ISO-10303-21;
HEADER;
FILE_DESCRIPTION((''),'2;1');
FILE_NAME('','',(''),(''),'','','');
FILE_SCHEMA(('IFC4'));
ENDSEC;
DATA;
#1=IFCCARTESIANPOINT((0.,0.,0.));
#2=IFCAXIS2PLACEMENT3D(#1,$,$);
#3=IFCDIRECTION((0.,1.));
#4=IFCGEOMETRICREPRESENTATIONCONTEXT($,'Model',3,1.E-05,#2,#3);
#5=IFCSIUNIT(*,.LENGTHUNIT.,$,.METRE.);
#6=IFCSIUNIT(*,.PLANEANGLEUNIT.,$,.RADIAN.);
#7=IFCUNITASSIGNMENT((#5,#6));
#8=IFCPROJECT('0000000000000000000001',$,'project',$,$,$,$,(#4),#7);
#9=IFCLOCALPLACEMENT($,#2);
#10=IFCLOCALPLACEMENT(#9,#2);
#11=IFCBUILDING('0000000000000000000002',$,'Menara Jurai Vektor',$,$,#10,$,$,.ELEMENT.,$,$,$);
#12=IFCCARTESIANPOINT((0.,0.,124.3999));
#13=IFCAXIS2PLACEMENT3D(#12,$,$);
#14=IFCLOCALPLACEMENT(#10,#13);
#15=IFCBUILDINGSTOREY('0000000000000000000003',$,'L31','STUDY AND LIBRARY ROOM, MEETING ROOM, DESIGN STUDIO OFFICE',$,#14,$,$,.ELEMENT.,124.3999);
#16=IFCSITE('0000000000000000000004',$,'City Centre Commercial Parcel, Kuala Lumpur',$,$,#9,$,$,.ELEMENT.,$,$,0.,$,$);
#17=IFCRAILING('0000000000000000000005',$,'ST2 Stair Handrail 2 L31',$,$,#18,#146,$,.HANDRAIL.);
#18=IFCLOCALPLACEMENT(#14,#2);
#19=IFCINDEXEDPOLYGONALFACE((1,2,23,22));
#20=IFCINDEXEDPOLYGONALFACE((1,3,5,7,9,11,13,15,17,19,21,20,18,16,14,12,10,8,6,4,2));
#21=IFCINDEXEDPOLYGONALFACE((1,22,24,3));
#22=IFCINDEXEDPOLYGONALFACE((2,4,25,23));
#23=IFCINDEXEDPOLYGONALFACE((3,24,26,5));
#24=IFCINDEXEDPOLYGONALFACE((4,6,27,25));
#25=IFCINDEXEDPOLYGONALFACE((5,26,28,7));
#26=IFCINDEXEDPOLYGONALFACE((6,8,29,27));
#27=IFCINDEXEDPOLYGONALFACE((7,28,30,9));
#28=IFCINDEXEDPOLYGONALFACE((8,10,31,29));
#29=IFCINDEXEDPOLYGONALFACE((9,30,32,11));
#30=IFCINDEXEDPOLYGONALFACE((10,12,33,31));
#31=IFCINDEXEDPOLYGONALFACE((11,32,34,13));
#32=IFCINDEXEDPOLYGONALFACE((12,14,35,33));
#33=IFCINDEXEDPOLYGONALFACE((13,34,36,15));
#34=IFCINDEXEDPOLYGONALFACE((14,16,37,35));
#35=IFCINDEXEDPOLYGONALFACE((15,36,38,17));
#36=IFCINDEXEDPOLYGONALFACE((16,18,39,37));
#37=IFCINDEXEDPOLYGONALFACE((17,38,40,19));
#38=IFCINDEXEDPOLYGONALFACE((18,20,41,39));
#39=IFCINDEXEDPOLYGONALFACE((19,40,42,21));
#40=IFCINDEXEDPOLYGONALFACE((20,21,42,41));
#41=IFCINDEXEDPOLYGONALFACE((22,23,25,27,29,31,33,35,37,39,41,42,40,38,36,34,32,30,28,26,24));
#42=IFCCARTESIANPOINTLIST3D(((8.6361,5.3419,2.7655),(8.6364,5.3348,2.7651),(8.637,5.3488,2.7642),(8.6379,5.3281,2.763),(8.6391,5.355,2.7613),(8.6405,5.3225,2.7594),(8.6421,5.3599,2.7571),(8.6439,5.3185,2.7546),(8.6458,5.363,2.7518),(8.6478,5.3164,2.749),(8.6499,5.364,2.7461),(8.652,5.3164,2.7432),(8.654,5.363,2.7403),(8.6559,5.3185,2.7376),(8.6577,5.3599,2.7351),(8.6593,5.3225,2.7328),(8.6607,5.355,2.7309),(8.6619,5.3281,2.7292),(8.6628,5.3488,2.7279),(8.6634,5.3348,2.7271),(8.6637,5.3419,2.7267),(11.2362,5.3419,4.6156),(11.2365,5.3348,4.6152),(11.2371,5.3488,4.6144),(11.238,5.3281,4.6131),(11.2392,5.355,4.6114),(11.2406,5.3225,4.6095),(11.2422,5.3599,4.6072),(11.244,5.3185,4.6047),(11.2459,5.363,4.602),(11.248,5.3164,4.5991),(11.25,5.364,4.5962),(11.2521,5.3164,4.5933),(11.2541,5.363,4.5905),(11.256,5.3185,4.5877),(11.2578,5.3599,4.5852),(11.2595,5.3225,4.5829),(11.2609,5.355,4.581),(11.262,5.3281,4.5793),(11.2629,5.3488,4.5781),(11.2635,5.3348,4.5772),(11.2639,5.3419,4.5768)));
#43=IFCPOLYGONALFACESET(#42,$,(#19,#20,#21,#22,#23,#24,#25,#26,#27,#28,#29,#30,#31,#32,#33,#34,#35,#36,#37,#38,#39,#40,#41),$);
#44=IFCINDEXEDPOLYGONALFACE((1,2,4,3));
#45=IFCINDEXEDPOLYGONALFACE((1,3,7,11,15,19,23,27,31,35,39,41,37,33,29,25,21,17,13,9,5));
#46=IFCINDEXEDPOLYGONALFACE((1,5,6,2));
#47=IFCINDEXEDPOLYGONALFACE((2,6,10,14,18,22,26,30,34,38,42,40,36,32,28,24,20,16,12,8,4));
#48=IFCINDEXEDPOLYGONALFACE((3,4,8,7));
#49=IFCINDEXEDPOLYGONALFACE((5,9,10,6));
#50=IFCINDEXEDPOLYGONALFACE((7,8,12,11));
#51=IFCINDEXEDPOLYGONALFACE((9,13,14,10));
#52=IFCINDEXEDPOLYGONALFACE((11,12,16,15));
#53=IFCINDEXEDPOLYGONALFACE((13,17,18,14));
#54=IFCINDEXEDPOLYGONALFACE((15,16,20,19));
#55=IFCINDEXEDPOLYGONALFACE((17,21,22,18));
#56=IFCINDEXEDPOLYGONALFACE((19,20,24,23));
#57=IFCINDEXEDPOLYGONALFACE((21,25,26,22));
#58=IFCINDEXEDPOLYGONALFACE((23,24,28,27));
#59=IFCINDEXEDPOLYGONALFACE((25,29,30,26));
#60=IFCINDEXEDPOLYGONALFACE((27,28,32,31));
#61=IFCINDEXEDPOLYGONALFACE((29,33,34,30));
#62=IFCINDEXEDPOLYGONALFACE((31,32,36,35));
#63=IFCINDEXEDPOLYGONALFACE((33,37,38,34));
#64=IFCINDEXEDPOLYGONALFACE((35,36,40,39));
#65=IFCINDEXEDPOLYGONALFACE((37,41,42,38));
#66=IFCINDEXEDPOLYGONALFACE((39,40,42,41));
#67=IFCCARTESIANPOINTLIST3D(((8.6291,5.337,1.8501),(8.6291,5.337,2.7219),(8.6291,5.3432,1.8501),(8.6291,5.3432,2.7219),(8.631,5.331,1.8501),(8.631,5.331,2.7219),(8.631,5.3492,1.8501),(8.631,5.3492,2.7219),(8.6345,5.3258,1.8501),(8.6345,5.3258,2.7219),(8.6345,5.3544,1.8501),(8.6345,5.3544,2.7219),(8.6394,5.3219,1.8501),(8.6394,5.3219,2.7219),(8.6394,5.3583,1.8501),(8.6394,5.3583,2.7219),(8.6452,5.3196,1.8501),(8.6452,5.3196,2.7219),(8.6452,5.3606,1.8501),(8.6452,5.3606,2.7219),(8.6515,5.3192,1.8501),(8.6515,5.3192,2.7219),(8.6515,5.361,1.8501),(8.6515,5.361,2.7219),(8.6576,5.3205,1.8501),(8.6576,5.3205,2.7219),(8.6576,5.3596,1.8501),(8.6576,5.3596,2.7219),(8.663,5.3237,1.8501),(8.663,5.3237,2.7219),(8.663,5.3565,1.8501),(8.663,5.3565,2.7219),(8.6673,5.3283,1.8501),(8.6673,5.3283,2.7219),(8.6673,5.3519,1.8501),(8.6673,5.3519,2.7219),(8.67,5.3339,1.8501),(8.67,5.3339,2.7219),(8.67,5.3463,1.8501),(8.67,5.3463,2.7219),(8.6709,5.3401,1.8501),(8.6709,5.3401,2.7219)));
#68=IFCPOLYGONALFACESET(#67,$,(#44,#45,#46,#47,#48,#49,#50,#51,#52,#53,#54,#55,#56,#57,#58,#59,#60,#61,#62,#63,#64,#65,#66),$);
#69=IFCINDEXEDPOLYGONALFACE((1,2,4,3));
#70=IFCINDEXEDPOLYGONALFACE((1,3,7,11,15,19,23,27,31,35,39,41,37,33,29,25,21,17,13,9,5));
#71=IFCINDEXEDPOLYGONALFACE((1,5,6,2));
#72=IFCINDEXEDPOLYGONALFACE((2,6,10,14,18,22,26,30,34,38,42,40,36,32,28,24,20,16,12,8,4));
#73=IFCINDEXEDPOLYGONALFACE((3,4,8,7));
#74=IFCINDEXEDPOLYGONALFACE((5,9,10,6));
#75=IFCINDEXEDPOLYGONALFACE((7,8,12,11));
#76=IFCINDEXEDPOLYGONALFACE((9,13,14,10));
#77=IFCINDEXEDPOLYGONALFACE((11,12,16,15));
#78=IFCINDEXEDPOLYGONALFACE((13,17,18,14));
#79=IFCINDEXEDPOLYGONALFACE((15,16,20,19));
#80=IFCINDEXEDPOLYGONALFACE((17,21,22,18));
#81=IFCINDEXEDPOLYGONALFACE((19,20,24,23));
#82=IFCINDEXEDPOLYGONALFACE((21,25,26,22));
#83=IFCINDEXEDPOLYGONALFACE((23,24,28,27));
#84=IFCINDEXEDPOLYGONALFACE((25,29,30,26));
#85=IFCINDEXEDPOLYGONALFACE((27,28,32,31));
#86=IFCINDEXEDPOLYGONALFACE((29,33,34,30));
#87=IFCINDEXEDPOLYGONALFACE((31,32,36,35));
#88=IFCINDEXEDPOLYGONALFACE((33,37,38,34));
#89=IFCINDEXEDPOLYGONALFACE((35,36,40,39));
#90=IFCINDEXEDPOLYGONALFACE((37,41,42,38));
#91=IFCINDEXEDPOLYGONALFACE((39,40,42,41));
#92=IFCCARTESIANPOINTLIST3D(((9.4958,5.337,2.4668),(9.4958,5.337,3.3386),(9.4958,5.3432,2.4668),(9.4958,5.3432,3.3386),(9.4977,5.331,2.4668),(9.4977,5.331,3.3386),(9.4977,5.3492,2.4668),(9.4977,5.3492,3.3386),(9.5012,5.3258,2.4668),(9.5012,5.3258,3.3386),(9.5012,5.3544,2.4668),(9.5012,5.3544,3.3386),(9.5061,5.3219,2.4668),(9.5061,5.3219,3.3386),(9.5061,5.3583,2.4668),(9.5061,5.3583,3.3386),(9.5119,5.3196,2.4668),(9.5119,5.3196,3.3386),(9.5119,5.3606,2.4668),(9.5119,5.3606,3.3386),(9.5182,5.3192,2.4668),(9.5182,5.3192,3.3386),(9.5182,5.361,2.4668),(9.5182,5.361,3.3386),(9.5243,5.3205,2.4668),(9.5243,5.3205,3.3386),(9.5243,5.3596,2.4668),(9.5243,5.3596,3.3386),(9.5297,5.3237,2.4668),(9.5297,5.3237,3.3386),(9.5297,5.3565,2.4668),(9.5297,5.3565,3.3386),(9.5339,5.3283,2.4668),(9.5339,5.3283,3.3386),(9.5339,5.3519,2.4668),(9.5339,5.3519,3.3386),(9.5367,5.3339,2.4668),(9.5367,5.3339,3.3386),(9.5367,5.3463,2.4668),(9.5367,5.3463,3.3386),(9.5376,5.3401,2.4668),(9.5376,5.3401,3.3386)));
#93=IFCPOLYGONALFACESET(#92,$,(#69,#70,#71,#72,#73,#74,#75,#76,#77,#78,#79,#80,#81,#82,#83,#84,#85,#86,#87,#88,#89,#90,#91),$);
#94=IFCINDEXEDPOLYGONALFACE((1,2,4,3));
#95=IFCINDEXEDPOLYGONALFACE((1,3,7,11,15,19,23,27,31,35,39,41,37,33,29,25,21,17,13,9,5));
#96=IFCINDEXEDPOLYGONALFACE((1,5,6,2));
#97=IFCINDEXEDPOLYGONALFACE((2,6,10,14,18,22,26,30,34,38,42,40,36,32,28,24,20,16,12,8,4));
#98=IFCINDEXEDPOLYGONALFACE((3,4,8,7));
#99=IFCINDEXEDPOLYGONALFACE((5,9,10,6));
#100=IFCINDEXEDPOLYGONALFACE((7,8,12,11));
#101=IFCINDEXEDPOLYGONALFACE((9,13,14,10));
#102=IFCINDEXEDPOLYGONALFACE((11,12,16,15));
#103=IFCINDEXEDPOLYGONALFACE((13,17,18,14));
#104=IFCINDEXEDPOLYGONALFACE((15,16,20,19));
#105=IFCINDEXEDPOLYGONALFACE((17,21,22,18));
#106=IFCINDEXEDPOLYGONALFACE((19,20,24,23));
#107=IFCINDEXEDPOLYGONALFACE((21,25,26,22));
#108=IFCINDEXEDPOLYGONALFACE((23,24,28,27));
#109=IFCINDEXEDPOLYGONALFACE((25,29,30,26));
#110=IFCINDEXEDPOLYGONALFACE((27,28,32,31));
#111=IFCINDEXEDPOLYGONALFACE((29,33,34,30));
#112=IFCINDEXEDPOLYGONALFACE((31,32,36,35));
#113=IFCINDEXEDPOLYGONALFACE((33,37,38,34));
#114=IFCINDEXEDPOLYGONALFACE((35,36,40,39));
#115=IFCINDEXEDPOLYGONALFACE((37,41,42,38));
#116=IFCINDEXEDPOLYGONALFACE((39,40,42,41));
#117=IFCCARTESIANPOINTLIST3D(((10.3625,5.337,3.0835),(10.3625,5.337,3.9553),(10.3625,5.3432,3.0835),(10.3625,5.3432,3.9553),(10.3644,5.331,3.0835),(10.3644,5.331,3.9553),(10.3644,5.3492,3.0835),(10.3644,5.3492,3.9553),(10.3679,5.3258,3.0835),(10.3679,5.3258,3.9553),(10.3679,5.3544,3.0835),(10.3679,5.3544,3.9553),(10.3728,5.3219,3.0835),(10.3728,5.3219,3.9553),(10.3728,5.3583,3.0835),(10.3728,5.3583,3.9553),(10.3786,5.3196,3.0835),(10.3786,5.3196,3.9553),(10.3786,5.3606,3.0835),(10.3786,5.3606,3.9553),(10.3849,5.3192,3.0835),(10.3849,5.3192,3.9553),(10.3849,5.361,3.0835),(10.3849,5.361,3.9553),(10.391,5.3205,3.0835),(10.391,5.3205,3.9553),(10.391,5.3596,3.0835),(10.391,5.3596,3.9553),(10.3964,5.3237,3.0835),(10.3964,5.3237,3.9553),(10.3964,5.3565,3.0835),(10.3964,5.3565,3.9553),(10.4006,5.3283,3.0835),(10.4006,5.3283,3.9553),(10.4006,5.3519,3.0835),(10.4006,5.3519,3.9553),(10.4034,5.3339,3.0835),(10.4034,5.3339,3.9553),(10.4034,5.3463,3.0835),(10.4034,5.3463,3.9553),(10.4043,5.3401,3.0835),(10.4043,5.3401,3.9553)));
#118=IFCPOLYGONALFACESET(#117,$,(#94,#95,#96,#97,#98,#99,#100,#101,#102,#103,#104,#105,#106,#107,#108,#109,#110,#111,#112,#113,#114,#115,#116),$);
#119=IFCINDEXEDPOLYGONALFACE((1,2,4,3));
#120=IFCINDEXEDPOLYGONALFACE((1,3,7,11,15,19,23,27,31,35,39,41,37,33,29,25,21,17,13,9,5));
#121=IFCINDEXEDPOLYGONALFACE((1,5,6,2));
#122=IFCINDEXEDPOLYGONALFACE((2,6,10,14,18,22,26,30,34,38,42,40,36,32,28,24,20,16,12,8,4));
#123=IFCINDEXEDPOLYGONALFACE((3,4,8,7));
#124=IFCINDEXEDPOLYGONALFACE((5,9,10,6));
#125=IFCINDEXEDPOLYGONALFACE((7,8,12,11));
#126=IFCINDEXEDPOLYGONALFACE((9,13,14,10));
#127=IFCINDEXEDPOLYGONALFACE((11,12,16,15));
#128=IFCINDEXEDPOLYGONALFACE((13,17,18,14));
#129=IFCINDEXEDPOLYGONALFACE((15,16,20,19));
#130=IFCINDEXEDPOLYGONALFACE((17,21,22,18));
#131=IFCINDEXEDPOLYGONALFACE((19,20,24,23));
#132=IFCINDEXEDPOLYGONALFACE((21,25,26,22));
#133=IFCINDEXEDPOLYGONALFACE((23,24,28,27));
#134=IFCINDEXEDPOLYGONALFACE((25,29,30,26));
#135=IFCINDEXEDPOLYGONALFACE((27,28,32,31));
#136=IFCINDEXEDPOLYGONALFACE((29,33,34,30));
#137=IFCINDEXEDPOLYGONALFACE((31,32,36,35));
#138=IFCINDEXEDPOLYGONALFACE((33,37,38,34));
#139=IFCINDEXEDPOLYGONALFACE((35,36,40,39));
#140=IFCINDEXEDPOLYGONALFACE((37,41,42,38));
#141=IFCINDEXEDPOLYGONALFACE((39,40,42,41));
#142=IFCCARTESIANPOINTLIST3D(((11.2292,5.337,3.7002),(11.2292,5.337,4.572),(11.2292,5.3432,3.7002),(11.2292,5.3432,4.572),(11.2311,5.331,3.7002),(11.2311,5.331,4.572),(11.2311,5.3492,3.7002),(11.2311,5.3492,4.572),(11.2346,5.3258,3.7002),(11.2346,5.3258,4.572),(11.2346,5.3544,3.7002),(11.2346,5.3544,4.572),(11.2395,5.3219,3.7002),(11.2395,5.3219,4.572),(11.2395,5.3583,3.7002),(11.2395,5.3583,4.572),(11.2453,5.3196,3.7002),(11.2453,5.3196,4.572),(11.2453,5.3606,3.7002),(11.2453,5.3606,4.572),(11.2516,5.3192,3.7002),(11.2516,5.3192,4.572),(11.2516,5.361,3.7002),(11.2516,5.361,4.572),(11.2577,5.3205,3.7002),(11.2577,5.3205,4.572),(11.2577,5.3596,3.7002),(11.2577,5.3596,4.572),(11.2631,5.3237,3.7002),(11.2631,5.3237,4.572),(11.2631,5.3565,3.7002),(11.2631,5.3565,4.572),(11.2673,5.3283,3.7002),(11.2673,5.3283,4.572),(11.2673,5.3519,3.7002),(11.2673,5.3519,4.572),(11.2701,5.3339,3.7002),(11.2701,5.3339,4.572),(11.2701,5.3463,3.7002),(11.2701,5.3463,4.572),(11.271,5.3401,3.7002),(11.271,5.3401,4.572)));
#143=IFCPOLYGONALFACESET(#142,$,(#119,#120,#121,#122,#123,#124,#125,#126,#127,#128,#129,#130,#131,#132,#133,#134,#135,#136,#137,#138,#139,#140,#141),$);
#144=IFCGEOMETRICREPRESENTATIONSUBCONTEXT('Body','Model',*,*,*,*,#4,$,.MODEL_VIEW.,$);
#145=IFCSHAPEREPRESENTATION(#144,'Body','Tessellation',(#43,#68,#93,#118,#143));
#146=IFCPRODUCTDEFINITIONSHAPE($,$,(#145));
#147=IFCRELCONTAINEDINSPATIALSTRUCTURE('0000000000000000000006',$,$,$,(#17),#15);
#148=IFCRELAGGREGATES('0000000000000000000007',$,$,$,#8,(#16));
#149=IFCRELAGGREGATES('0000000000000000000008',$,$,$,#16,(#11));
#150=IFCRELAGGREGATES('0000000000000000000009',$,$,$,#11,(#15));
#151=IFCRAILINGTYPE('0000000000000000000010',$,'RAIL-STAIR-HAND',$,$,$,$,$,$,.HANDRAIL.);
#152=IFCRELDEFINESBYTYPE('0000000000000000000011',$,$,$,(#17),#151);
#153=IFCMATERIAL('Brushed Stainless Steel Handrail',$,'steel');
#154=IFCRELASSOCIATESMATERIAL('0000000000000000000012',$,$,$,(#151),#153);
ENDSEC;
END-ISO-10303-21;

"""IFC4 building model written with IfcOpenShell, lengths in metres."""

from ifc_helpers import new_model, si_unit, direction, frame, origin, origin_2d, place, context, subcontext, project, spatial, circle, extrude, material, type_object, element, save


model = new_model("IFC4")

# Units and contexts
model_context = context("Model", 3, precision=1e-05, world=origin(), true_north=direction((0.0, 1.0)))
body_context = subcontext(model_context, "Body", "Model", "MODEL_VIEW")
ifc_project = project(units=[si_unit("LENGTHUNIT", "METRE"), si_unit("PLANEANGLEUNIT", "RADIAN")], contexts=[model_context])

# Site, building, storey
site_placement = place(None, origin())
site = spatial("IfcSite", under=ifc_project, at=site_placement, Name="City Centre Commercial Parcel, Kuala Lumpur", CompositionType="ELEMENT", RefElevation=0.0)
building_placement = place(site_placement, origin())
building = spatial("IfcBuilding", under=site, at=building_placement, Name="Menara Jurai Vektor", CompositionType="ELEMENT")
storey_placement = place(building_placement, frame((0.0, 0.0, 124.3999)))
storey = spatial("IfcBuildingStorey", under=building, at=storey_placement, Name="L31", Description="STUDY AND LIBRARY ROOM, MEETING ROOM, DESIGN STUDIO OFFICE", CompositionType="ELEMENT", Elevation=124.3999)

# Railing
ifc_material_1 = material(Name="Brushed Stainless Steel Handrail", Category="steel")
railing_type_1 = type_object("IfcRailingType", Name="RAIL-STAIR-HAND", PredefinedType="HANDRAIL", material=ifc_material_1)
railing_1_placement = place(storey_placement, frame((8.6499, 5.3401, 1.8501)))
element("IfcRailing", 1, at=railing_1_placement, inside=storey, type_object=railing_type_1, Name="ST2 Stair Handrail 2 L31", PredefinedType="HANDRAIL", context=body_context, shape_type="SweptSolid", body=[
    extrude(circle(Radius=0.0239, at=origin_2d()), frame((0.0, 0.0, 0.896), z_axis=(0.814787, 0.0, 0.579761), x_axis=(0.0, 1.0, 0.0)), (0.0, 0.0, 1.0), 3.1912),
    extrude(circle(Radius=0.021, at=origin_2d()), origin(), (0.0, 0.0, 1.0), 0.8718),
    extrude(circle(Radius=0.021, at=origin_2d()), frame((0.8667, 0.0, 0.6167)), (0.0, 0.0, 1.0), 0.8718),
    extrude(circle(Radius=0.021, at=origin_2d()), frame((1.7334, 0.0, 1.2334)), (0.0, 0.0, 1.0), 0.8718),
    extrude(circle(Radius=0.021, at=origin_2d()), frame((2.6001, 0.0, 1.8501)), (0.0, 0.0, 1.0), 0.8718),
])

save(model, "model.ifc")
